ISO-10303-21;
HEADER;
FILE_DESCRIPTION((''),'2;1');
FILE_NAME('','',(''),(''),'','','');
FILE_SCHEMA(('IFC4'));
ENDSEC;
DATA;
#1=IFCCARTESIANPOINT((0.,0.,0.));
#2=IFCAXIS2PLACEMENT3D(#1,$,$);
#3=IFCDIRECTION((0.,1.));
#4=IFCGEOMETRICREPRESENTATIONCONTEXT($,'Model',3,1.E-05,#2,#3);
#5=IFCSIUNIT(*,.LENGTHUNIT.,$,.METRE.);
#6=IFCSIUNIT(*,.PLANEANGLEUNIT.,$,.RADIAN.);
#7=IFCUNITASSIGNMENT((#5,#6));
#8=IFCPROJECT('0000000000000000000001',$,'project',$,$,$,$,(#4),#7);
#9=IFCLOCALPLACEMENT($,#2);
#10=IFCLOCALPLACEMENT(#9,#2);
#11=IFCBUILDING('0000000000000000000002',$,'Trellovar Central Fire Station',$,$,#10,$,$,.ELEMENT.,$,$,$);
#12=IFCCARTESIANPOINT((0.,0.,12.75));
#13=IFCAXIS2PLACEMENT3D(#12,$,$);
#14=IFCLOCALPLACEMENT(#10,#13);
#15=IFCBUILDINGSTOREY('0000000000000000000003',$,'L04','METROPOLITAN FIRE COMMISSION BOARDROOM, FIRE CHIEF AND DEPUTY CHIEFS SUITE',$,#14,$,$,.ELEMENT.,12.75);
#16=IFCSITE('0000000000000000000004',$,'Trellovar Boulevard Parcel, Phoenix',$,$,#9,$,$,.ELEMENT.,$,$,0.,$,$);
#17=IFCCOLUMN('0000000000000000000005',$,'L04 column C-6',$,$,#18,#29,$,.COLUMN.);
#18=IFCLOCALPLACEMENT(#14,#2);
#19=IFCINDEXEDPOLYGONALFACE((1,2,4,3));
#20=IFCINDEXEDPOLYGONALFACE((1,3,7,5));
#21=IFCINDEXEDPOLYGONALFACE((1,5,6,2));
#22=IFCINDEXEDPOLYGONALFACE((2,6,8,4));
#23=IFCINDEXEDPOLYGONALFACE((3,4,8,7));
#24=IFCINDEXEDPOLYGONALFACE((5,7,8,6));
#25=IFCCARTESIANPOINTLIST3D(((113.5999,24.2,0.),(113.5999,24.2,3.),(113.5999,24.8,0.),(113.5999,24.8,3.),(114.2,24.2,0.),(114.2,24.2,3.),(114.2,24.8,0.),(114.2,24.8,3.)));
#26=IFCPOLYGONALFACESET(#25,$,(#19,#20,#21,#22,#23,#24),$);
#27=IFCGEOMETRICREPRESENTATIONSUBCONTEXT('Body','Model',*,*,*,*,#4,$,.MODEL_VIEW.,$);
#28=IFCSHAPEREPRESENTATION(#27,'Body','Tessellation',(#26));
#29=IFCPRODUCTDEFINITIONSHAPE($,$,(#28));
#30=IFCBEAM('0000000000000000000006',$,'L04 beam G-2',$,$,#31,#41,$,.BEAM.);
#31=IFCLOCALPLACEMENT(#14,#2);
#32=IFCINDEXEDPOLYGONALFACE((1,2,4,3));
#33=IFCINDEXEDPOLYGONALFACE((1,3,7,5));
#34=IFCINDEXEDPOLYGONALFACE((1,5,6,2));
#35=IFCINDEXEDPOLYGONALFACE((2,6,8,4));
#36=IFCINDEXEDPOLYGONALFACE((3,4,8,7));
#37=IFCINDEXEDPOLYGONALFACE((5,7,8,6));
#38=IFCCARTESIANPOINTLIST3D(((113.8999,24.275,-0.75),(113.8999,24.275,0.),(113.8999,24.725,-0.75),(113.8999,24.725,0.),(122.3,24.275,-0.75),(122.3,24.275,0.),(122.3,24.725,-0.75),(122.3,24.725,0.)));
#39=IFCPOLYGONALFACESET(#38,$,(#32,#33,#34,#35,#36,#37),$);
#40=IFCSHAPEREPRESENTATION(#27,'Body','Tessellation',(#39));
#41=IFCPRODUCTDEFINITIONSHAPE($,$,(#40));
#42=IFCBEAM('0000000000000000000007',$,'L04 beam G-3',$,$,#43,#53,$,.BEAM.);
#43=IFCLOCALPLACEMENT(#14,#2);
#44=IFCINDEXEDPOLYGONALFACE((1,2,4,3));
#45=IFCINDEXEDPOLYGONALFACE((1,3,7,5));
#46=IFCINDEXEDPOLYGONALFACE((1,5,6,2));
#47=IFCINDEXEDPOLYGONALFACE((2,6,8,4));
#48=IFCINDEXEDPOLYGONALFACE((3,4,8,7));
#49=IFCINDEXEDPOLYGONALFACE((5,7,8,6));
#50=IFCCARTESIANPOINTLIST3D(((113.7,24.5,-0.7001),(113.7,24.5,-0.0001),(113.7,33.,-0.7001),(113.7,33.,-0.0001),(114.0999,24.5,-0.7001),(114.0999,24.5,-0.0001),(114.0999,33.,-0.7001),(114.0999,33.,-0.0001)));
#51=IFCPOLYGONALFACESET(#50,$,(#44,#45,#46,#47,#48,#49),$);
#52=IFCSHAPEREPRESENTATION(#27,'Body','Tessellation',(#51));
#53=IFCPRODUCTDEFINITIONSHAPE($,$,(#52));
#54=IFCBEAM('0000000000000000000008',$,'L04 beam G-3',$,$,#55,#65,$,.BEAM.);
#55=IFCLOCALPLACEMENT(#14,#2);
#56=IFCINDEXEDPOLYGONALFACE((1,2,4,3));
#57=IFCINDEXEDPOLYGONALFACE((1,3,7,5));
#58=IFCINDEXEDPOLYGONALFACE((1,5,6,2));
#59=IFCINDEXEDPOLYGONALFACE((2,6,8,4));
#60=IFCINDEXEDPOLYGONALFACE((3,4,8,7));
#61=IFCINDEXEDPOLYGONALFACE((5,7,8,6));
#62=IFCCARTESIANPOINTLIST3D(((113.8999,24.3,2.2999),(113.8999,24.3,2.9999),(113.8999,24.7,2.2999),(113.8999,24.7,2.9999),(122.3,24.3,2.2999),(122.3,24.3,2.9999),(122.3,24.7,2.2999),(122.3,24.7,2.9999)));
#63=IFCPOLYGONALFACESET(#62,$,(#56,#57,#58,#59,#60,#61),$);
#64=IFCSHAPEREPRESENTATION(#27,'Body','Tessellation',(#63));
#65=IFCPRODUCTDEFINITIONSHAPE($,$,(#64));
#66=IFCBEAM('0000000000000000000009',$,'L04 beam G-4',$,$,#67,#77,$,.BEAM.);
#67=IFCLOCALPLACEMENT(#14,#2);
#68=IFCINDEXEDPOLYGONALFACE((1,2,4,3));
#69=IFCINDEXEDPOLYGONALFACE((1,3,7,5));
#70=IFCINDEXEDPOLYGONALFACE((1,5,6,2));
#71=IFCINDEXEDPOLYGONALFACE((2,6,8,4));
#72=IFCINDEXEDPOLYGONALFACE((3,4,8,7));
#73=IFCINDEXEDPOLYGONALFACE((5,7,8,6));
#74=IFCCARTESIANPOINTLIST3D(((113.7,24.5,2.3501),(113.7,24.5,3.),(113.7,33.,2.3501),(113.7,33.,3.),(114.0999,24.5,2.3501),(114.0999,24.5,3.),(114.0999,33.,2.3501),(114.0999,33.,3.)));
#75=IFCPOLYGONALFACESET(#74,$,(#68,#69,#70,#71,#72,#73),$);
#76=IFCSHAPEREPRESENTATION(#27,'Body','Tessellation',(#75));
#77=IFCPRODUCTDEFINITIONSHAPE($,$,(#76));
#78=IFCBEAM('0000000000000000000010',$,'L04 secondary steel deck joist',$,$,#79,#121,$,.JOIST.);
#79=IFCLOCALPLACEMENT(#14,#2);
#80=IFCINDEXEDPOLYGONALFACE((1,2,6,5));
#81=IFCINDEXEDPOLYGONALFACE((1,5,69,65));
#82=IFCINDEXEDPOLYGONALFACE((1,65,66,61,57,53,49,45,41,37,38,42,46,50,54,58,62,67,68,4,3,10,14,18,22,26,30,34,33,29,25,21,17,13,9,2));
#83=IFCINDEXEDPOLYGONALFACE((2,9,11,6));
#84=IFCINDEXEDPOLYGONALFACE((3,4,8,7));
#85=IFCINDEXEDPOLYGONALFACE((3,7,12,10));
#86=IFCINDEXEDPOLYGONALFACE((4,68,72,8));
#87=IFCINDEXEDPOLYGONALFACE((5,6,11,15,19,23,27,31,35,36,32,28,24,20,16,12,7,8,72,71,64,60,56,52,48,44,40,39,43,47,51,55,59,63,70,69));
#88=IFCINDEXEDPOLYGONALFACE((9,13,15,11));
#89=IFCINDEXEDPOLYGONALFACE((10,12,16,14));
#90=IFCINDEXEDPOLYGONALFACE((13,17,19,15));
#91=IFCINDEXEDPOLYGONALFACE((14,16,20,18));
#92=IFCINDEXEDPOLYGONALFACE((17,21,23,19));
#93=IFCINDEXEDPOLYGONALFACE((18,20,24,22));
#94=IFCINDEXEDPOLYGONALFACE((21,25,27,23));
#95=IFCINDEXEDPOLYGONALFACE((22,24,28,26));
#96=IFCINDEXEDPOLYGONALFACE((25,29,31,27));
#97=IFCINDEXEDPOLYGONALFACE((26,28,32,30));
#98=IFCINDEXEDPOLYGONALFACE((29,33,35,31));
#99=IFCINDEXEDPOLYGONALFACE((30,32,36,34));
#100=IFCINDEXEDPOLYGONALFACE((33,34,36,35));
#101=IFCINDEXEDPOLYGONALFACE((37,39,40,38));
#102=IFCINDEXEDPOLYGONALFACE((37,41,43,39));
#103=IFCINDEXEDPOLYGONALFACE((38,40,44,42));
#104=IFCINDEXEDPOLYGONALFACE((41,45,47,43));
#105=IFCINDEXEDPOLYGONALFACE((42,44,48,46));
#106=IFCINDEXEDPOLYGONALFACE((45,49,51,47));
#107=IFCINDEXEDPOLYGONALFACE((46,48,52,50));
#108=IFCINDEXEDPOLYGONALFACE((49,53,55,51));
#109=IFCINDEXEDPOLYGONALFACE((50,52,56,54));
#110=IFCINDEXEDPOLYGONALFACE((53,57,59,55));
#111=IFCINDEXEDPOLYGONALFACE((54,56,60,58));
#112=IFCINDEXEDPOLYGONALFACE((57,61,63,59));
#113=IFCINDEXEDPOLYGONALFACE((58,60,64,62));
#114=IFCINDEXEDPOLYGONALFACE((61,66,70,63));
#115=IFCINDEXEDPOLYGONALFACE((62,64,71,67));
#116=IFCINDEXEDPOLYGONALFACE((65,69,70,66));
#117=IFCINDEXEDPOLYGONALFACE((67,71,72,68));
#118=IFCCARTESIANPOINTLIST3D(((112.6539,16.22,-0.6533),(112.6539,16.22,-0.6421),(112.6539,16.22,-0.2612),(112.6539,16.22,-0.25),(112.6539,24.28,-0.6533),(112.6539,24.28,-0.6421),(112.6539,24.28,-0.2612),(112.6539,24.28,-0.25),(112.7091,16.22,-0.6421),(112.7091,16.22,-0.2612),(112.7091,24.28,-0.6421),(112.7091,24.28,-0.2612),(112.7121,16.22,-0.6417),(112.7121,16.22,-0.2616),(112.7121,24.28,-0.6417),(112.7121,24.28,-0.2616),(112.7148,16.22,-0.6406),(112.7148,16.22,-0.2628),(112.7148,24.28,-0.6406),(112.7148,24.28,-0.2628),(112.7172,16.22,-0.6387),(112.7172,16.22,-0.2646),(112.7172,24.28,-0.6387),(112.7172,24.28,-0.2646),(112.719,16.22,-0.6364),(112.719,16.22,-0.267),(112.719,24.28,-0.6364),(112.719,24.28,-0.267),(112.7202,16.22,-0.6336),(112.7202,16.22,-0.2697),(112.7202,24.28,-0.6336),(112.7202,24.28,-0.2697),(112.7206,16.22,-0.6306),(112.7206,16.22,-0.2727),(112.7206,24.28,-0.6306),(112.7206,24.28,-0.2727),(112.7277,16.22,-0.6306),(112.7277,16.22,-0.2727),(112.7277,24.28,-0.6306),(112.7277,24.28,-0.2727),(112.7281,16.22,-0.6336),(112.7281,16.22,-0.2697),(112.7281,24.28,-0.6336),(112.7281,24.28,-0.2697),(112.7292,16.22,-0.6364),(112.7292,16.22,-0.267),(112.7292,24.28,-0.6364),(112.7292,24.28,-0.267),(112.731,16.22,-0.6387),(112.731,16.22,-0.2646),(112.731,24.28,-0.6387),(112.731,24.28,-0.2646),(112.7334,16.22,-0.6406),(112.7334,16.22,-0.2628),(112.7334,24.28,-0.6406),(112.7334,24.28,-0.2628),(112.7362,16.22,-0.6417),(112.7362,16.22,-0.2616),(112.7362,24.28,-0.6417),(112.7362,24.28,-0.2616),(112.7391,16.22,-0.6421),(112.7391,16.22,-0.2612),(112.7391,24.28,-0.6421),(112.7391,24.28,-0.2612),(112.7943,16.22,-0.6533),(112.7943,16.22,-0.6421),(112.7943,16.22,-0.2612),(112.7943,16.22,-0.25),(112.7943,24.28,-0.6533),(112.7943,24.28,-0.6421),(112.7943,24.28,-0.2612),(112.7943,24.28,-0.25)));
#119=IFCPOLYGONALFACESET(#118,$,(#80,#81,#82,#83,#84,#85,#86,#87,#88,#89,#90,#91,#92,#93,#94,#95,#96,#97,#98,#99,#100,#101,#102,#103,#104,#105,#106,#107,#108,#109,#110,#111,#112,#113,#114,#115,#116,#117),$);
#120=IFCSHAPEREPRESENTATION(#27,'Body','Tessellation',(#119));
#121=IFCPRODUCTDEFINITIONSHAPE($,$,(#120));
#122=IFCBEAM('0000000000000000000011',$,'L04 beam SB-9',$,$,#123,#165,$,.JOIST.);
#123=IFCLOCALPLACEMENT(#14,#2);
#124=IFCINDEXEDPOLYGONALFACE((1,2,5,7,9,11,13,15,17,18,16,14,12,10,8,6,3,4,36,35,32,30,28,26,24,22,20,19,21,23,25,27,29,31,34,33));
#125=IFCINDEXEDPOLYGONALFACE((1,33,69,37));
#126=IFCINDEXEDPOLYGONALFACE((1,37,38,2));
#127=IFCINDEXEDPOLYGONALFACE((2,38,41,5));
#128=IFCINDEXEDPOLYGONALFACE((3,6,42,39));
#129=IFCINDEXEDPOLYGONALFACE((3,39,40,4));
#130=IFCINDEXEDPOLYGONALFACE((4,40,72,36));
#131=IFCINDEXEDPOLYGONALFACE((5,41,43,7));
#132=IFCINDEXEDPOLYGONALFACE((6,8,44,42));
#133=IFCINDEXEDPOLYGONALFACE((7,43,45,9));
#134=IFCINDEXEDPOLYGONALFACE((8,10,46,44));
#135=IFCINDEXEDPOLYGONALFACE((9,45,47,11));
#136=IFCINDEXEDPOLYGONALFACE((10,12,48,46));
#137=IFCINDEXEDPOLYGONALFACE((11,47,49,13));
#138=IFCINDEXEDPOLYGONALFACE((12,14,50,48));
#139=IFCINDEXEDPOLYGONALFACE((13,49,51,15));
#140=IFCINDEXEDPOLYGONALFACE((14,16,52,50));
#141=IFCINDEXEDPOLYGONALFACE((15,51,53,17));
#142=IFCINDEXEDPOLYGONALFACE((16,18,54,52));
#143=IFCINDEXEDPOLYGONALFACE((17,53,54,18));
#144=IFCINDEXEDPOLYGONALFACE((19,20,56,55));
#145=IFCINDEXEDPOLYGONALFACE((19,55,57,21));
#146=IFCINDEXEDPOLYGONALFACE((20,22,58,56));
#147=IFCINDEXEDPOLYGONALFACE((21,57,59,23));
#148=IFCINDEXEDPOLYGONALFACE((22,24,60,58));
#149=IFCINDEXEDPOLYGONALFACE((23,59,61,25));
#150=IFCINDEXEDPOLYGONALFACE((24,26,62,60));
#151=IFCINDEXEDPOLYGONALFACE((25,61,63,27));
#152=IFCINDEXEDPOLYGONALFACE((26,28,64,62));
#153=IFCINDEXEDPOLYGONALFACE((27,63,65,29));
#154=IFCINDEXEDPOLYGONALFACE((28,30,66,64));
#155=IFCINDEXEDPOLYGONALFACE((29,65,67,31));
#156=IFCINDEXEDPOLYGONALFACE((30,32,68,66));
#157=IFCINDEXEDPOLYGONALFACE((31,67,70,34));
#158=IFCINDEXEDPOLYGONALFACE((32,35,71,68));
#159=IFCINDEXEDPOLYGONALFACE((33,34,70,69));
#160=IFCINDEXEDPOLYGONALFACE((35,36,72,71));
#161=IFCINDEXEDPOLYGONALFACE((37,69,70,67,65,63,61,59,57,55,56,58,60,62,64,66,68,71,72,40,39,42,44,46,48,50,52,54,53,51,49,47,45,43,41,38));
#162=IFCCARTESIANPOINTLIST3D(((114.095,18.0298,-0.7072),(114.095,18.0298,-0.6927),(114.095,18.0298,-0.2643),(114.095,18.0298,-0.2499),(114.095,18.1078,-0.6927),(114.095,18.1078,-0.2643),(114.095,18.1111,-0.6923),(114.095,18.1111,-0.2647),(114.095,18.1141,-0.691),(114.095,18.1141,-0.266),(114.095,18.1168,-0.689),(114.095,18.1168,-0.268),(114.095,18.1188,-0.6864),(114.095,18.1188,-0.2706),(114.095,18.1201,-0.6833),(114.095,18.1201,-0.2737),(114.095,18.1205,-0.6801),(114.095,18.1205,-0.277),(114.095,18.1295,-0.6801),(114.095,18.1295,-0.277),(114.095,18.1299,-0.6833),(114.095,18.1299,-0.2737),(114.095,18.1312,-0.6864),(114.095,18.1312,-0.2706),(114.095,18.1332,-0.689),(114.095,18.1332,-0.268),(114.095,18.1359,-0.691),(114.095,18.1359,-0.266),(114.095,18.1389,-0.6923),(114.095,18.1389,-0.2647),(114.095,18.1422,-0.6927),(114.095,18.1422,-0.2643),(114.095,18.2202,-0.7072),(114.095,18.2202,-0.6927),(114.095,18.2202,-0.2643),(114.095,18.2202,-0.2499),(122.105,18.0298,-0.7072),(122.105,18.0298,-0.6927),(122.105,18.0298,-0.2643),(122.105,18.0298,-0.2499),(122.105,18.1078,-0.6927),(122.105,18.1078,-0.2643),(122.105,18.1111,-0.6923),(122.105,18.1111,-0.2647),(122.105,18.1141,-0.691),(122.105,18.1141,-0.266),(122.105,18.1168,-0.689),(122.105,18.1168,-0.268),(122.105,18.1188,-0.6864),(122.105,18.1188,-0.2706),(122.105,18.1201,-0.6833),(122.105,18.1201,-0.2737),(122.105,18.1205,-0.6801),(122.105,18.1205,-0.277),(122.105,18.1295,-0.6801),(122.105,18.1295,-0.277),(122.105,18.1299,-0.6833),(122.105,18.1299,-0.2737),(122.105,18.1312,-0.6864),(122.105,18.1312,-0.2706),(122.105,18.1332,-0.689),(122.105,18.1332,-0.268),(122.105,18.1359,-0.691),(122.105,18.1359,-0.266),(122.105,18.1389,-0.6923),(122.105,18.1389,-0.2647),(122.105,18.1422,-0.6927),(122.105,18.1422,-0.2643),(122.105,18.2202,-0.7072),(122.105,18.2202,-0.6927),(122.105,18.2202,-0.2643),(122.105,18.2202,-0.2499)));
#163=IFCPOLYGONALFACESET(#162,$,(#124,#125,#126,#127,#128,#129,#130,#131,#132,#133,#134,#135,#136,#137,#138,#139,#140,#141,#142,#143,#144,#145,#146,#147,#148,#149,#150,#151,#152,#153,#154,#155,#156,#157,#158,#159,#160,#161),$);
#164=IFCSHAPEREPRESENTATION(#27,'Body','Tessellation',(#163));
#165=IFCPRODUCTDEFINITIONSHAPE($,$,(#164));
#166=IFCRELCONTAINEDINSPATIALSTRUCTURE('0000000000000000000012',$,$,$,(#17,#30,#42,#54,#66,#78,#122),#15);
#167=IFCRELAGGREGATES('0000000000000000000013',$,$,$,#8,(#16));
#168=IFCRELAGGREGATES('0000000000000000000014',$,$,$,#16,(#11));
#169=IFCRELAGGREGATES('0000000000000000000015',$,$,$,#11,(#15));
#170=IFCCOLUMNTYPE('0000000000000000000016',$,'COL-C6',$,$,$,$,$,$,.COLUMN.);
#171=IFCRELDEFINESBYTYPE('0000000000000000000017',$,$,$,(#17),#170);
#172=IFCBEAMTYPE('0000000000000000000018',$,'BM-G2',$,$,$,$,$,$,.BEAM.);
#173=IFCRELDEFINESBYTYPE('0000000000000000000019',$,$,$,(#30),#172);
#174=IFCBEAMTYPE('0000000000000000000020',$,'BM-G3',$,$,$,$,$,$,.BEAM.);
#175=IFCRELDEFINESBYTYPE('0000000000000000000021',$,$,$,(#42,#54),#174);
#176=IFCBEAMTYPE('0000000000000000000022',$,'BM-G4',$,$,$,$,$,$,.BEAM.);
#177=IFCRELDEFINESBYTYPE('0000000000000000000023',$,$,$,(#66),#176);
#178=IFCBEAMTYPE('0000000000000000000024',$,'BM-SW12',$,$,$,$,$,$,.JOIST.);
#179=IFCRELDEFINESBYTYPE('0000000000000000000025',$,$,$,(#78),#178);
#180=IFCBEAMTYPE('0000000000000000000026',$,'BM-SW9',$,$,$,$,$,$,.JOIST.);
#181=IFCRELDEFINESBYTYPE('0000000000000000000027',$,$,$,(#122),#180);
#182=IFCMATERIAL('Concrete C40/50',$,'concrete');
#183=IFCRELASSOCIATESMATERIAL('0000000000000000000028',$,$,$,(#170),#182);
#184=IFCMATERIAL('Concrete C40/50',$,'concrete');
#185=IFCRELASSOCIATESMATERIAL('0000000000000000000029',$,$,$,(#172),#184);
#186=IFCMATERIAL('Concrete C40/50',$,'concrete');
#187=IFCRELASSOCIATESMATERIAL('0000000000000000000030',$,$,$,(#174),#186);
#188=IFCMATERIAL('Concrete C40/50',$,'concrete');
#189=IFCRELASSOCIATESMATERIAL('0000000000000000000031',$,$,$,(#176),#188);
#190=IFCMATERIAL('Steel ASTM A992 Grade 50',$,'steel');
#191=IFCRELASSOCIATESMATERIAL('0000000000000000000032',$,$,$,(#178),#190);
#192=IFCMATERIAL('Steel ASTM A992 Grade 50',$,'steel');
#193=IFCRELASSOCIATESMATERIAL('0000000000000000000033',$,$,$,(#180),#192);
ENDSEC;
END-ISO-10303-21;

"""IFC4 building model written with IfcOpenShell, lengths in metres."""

from ifc_helpers import new_model, si_unit, direction, frame, origin, origin_2d, place, context, subcontext, project, spatial, rectangle, i_section, extrude, material, material_profile, profile_set, type_object, element, save


model = new_model("IFC4")

# Units and contexts
model_context = context("Model", 3, precision=1e-05, world=origin(), true_north=direction((0.0, 1.0)))
body_context = subcontext(model_context, "Body", "Model", "MODEL_VIEW")
ifc_project = project(units=[si_unit("LENGTHUNIT", "METRE"), si_unit("PLANEANGLEUNIT", "RADIAN")], contexts=[model_context])

# Site, building, storey
site_placement = place(None, origin())
site = spatial("IfcSite", under=ifc_project, at=site_placement, Name="Trellovar Boulevard Parcel, Phoenix", CompositionType="ELEMENT", RefElevation=0.0)
building_placement = place(site_placement, origin())
building = spatial("IfcBuilding", under=site, at=building_placement, Name="Trellovar Central Fire Station", CompositionType="ELEMENT")
storey_placement = place(building_placement, frame((0.0, 0.0, 12.75)))
storey = spatial("IfcBuildingStorey", under=building, at=storey_placement, Name="L04", Description="METROPOLITAN FIRE COMMISSION BOARDROOM, FIRE CHIEF AND DEPUTY CHIEFS SUITE", CompositionType="ELEMENT", Elevation=12.75)

# Column
ifc_material_1 = material(Name="Concrete C40/50", Category="concrete")
ifc_material_profile_1 = material_profile(ifc_material_1, rectangle(XDim=0.6001, YDim=0.6001, at=origin_2d()), Name="RC600X600")
ifc_profile_set_1 = profile_set([ifc_material_profile_1], Name="Concrete C40/50")
column_type = type_object("IfcColumnType", Name="COL-C6", PredefinedType="COLUMN", material=ifc_profile_set_1)
column_placement = place(storey_placement, frame((113.8999, 24.5, 0.0), z_axis=(0.0, 0.0, 1.0), x_axis=(1.0, 0.0, 0.0)))
element("IfcColumn", 1, at=column_placement, inside=storey, type_object=column_type, Name="L04 column C-6", PredefinedType="COLUMN", context=body_context, shape_type="SweptSolid", body=[
    extrude(rectangle(XDim=0.6001, YDim=0.6001, at=origin_2d()), origin(), (0.0, 0.0, 1.0), 3.0),
])

# Beams
ifc_material_2 = material(Name="Concrete C40/50", Category="concrete")
ifc_material_profile_2 = material_profile(ifc_material_2, rectangle(XDim=0.45, YDim=0.75, at=origin_2d()), Name="RC450X750")
ifc_profile_set_2 = profile_set([ifc_material_profile_2], Name="Concrete C40/50")
beam_type_1 = type_object("IfcBeamType", Name="BM-G2", PredefinedType="BEAM", material=ifc_profile_set_2)
beam_1_placement = place(storey_placement, frame((113.8999, 24.5, -0.375), z_axis=(1.0, 0.0, 0.0), x_axis=(0.0, 1.0, 0.0)))
element("IfcBeam", 2, at=beam_1_placement, inside=storey, type_object=beam_type_1, Name="L04 beam G-2", PredefinedType="BEAM", context=body_context, shape_type="SweptSolid", body=[
    extrude(rectangle(XDim=0.45, YDim=0.75, at=origin_2d()), origin(), (0.0, 0.0, 1.0), 8.4001),
])
ifc_material_3 = material(Name="Concrete C40/50", Category="concrete")
ifc_material_profile_3 = material_profile(ifc_material_3, rectangle(XDim=0.3999, YDim=0.7, at=origin_2d()), Name="RC400X700")
ifc_profile_set_3 = profile_set([ifc_material_profile_3], Name="Concrete C40/50")
beam_type_2 = type_object("IfcBeamType", Name="BM-G3", PredefinedType="BEAM", material=ifc_profile_set_3)
beam_2_placement = place(storey_placement, frame((113.8999, 24.5, -0.3501), z_axis=(0.0, 1.0, 0.0), x_axis=(-1.0, 0.0, 0.0)))
element("IfcBeam", 3, at=beam_2_placement, inside=storey, type_object=beam_type_2, Name="L04 beam G-3", PredefinedType="BEAM", context=body_context, shape_type="SweptSolid", body=[
    extrude(rectangle(XDim=0.3999, YDim=0.7, at=origin_2d()), origin(), (0.0, 0.0, 1.0), 8.5),
])
beam_3_placement = place(storey_placement, frame((113.8999, 24.5, 2.6499), z_axis=(1.0, 0.0, 0.0), x_axis=(0.0, 1.0, 0.0)))
element("IfcBeam", 4, at=beam_3_placement, inside=storey, type_object=beam_type_2, Name="L04 beam G-3", PredefinedType="BEAM", context=body_context, shape_type="SweptSolid", body=[
    extrude(rectangle(XDim=0.3999, YDim=0.7, at=origin_2d()), origin(), (0.0, 0.0, 1.0), 8.4001),
])
ifc_material_4 = material(Name="Concrete C40/50", Category="concrete")
ifc_material_profile_4 = material_profile(ifc_material_4, rectangle(XDim=0.3999, YDim=0.6499, at=origin_2d()), Name="RC400X650")
ifc_profile_set_4 = profile_set([ifc_material_profile_4], Name="Concrete C40/50")
beam_type_3 = type_object("IfcBeamType", Name="BM-G4", PredefinedType="BEAM", material=ifc_profile_set_4)
beam_4_placement = place(storey_placement, frame((113.8999, 24.5, 2.675), z_axis=(0.0, 1.0, 0.0), x_axis=(-1.0, 0.0, 0.0)))
element("IfcBeam", 5, at=beam_4_placement, inside=storey, type_object=beam_type_3, Name="L04 beam G-4", PredefinedType="BEAM", context=body_context, shape_type="SweptSolid", body=[
    extrude(rectangle(XDim=0.3999, YDim=0.6499, at=origin_2d()), origin(), (0.0, 0.0, 1.0), 8.5),
])
ifc_material_5 = material(Name="Steel ASTM A992 Grade 50", Category="steel")
ifc_material_profile_5 = material_profile(ifc_material_5, i_section(OverallWidth=0.1404, OverallDepth=0.4033, WebThickness=0.0071, FlangeThickness=0.0112, FilletRadius=0.0115, at=origin_2d()), Name="W16X31")
ifc_profile_set_5 = profile_set([ifc_material_profile_5], Name="Steel ASTM A992 Grade 50")
beam_type_4 = type_object("IfcBeamType", Name="BM-SW12", PredefinedType="JOIST", material=ifc_profile_set_5)
beam_5_placement = place(storey_placement, frame((112.7241, 16.22, -0.4517), z_axis=(0.0, 1.0, 0.0), x_axis=(-1.0, 0.0, 0.0)))
element("IfcBeam", 6, at=beam_5_placement, inside=storey, type_object=beam_type_4, Name="L04 secondary steel deck joist", PredefinedType="JOIST", context=body_context, shape_type="SweptSolid", body=[
    extrude(i_section(OverallWidth=0.1404, OverallDepth=0.4033, WebThickness=0.0071, FlangeThickness=0.0112, FilletRadius=0.0115, at=origin_2d()), origin(), (0.0, 0.0, 1.0), 8.0601),
])
ifc_material_6 = material(Name="Steel ASTM A992 Grade 50", Category="steel")
ifc_material_profile_6 = material_profile(ifc_material_6, i_section(OverallWidth=0.1904, OverallDepth=0.4573, WebThickness=0.009, FlangeThickness=0.0144, FilletRadius=0.0127, at=origin_2d()), Name="W18X50")
ifc_profile_set_6 = profile_set([ifc_material_profile_6], Name="Steel ASTM A992 Grade 50")
beam_type_5 = type_object("IfcBeamType", Name="BM-SW9", PredefinedType="JOIST", material=ifc_profile_set_6)
for number, where, z_axis, x_axis, name in (
    (7, (114.095, 18.125, -0.4785), (1.0, 0.0, 0.0), (0.0, 1.0, 0.0), "L04 beam SB-9"),
):
    element("IfcBeam", number, at=place(storey_placement, frame(where, z_axis=z_axis, x_axis=x_axis)), inside=storey, type_object=beam_type_5, Name=name, PredefinedType="JOIST", context=body_context, shape_type="SweptSolid", body=[
        extrude(i_section(OverallWidth=0.1904, OverallDepth=0.4573, WebThickness=0.009, FlangeThickness=0.0144, FilletRadius=0.0127, at=origin_2d()), origin(), (0.0, 0.0, 1.0), 8.01),
    ])

save(model, "model.ifc")
